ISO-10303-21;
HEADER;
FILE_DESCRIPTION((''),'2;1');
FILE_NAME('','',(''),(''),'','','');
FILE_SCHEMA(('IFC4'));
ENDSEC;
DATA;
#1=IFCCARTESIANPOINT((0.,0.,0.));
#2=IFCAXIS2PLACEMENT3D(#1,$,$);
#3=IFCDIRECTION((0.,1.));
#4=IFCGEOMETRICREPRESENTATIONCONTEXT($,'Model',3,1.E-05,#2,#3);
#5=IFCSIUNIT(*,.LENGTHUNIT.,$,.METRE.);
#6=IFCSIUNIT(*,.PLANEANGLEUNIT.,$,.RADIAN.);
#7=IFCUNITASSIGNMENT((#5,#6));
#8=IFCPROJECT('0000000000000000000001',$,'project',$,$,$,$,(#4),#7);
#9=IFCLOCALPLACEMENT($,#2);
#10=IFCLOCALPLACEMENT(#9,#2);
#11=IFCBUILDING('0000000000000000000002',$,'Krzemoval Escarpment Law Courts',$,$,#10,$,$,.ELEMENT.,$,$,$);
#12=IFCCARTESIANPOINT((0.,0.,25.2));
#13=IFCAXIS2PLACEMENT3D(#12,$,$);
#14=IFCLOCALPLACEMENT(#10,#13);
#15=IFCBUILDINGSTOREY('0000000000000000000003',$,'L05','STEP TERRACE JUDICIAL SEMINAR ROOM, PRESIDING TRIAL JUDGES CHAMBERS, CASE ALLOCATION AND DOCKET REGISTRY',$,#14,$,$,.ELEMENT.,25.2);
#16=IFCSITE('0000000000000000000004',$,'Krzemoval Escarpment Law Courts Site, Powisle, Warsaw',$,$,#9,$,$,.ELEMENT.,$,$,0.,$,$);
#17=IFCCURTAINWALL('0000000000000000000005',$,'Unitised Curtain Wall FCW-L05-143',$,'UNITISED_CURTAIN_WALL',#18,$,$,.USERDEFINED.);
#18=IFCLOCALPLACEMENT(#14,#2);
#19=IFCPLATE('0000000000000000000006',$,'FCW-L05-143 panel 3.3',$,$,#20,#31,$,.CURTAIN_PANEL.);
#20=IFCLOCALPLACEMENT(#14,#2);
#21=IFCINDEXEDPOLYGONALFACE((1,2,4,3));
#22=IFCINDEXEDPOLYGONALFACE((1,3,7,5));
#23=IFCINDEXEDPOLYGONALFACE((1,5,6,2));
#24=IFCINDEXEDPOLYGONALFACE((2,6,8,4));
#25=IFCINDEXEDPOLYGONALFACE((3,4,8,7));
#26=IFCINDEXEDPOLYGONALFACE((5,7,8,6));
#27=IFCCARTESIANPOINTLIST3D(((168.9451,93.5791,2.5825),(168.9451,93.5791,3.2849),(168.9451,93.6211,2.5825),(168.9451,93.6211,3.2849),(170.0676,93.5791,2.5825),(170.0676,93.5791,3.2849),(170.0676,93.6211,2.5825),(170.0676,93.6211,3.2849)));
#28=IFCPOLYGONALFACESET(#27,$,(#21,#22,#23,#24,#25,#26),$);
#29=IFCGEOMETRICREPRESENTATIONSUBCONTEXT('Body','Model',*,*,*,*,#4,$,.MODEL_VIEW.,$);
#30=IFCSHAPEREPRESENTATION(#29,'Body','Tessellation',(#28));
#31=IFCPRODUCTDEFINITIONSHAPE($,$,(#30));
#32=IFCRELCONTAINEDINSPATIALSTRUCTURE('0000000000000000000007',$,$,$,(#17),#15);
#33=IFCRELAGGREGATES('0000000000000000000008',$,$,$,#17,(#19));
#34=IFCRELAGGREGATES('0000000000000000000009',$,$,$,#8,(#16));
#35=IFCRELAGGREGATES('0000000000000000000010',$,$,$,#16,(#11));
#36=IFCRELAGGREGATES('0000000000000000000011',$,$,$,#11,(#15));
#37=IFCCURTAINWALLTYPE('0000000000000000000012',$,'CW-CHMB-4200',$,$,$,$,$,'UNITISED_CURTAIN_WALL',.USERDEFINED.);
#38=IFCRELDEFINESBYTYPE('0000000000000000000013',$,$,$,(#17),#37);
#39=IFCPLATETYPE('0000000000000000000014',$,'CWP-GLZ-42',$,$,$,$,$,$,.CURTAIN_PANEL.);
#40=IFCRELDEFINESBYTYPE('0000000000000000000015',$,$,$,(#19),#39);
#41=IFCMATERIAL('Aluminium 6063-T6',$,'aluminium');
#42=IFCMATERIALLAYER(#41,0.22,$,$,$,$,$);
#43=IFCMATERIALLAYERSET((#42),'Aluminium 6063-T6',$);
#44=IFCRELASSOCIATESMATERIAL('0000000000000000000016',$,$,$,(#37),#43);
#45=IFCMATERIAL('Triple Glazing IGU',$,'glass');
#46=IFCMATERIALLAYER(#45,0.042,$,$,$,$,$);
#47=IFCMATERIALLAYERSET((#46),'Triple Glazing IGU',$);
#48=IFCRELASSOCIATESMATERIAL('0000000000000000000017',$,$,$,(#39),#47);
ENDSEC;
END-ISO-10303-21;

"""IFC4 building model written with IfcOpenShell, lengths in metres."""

from ifc_helpers import new_model, si_unit, direction, frame, origin, origin_2d, place, context, subcontext, project, spatial, rectangle, extrude, material, layer, layer_set, type_object, element, aggregate, save


model = new_model("IFC4")

# Units and contexts
model_context = context("Model", 3, precision=1e-05, world=origin(), true_north=direction((0.0, 1.0)))
body_context = subcontext(model_context, "Body", "Model", "MODEL_VIEW")
ifc_project = project(units=[si_unit("LENGTHUNIT", "METRE"), si_unit("PLANEANGLEUNIT", "RADIAN")], contexts=[model_context])

# Site, building, storey
site_placement = place(None, origin())
site = spatial("IfcSite", under=ifc_project, at=site_placement, Name="Krzemoval Escarpment Law Courts Site, Powisle, Warsaw", CompositionType="ELEMENT", RefElevation=0.0)
building_placement = place(site_placement, origin())
building = spatial("IfcBuilding", under=site, at=building_placement, Name="Krzemoval Escarpment Law Courts", CompositionType="ELEMENT")
storey_placement = place(building_placement, frame((0.0, 0.0, 25.2)))
storey = spatial("IfcBuildingStorey", under=building, at=storey_placement, Name="L05", Description="STEP TERRACE JUDICIAL SEMINAR ROOM, PRESIDING TRIAL JUDGES CHAMBERS, CASE ALLOCATION AND DOCKET REGISTRY", CompositionType="ELEMENT", Elevation=25.2)

# Curtain wall
ifc_material_1 = material(Name="Aluminium 6063-T6", Category="aluminium")
ifc_layer_1 = layer(ifc_material_1, 0.22)
ifc_layer_set_1 = layer_set([ifc_layer_1], Name="Aluminium 6063-T6")
curtain_wall_type = type_object("IfcCurtainWallType", Name="CW-CHMB-4200", ElementType="UNITISED_CURTAIN_WALL", PredefinedType="USERDEFINED", material=ifc_layer_set_1)
curtain_wall_placement = place(storey_placement, origin())
curtain_wall = element("IfcCurtainWall", 1, at=curtain_wall_placement, inside=storey, type_object=curtain_wall_type, Name="Unitised Curtain Wall FCW-L05-143", ObjectType="UNITISED_CURTAIN_WALL", PredefinedType="USERDEFINED")

# Plate
ifc_material_2 = material(Name="Triple Glazing IGU", Category="glass")
ifc_layer_2 = layer(ifc_material_2, 0.042)
ifc_layer_set_2 = layer_set([ifc_layer_2], Name="Triple Glazing IGU")
plate_type = type_object("IfcPlateType", Name="CWP-GLZ-42", PredefinedType="CURTAIN_PANEL", material=ifc_layer_set_2)
plate_1_placement = place(storey_placement, frame((169.5063, 93.6001, 2.5825), z_axis=(0.0, 0.0, 1.0), x_axis=(-1.0, 0.0, 0.0)))
plate_1 = element("IfcPlate", 2, at=plate_1_placement, type_object=plate_type, Name="FCW-L05-143 panel 3.3", PredefinedType="CURTAIN_PANEL", context=body_context, shape_type="SweptSolid", body=[
    extrude(rectangle(XDim=1.1226, YDim=0.042, at=origin_2d()), origin(), (0.0, 0.0, 1.0), 0.7024),
])
aggregate(curtain_wall, [plate_1])

save(model, "model.ifc")
